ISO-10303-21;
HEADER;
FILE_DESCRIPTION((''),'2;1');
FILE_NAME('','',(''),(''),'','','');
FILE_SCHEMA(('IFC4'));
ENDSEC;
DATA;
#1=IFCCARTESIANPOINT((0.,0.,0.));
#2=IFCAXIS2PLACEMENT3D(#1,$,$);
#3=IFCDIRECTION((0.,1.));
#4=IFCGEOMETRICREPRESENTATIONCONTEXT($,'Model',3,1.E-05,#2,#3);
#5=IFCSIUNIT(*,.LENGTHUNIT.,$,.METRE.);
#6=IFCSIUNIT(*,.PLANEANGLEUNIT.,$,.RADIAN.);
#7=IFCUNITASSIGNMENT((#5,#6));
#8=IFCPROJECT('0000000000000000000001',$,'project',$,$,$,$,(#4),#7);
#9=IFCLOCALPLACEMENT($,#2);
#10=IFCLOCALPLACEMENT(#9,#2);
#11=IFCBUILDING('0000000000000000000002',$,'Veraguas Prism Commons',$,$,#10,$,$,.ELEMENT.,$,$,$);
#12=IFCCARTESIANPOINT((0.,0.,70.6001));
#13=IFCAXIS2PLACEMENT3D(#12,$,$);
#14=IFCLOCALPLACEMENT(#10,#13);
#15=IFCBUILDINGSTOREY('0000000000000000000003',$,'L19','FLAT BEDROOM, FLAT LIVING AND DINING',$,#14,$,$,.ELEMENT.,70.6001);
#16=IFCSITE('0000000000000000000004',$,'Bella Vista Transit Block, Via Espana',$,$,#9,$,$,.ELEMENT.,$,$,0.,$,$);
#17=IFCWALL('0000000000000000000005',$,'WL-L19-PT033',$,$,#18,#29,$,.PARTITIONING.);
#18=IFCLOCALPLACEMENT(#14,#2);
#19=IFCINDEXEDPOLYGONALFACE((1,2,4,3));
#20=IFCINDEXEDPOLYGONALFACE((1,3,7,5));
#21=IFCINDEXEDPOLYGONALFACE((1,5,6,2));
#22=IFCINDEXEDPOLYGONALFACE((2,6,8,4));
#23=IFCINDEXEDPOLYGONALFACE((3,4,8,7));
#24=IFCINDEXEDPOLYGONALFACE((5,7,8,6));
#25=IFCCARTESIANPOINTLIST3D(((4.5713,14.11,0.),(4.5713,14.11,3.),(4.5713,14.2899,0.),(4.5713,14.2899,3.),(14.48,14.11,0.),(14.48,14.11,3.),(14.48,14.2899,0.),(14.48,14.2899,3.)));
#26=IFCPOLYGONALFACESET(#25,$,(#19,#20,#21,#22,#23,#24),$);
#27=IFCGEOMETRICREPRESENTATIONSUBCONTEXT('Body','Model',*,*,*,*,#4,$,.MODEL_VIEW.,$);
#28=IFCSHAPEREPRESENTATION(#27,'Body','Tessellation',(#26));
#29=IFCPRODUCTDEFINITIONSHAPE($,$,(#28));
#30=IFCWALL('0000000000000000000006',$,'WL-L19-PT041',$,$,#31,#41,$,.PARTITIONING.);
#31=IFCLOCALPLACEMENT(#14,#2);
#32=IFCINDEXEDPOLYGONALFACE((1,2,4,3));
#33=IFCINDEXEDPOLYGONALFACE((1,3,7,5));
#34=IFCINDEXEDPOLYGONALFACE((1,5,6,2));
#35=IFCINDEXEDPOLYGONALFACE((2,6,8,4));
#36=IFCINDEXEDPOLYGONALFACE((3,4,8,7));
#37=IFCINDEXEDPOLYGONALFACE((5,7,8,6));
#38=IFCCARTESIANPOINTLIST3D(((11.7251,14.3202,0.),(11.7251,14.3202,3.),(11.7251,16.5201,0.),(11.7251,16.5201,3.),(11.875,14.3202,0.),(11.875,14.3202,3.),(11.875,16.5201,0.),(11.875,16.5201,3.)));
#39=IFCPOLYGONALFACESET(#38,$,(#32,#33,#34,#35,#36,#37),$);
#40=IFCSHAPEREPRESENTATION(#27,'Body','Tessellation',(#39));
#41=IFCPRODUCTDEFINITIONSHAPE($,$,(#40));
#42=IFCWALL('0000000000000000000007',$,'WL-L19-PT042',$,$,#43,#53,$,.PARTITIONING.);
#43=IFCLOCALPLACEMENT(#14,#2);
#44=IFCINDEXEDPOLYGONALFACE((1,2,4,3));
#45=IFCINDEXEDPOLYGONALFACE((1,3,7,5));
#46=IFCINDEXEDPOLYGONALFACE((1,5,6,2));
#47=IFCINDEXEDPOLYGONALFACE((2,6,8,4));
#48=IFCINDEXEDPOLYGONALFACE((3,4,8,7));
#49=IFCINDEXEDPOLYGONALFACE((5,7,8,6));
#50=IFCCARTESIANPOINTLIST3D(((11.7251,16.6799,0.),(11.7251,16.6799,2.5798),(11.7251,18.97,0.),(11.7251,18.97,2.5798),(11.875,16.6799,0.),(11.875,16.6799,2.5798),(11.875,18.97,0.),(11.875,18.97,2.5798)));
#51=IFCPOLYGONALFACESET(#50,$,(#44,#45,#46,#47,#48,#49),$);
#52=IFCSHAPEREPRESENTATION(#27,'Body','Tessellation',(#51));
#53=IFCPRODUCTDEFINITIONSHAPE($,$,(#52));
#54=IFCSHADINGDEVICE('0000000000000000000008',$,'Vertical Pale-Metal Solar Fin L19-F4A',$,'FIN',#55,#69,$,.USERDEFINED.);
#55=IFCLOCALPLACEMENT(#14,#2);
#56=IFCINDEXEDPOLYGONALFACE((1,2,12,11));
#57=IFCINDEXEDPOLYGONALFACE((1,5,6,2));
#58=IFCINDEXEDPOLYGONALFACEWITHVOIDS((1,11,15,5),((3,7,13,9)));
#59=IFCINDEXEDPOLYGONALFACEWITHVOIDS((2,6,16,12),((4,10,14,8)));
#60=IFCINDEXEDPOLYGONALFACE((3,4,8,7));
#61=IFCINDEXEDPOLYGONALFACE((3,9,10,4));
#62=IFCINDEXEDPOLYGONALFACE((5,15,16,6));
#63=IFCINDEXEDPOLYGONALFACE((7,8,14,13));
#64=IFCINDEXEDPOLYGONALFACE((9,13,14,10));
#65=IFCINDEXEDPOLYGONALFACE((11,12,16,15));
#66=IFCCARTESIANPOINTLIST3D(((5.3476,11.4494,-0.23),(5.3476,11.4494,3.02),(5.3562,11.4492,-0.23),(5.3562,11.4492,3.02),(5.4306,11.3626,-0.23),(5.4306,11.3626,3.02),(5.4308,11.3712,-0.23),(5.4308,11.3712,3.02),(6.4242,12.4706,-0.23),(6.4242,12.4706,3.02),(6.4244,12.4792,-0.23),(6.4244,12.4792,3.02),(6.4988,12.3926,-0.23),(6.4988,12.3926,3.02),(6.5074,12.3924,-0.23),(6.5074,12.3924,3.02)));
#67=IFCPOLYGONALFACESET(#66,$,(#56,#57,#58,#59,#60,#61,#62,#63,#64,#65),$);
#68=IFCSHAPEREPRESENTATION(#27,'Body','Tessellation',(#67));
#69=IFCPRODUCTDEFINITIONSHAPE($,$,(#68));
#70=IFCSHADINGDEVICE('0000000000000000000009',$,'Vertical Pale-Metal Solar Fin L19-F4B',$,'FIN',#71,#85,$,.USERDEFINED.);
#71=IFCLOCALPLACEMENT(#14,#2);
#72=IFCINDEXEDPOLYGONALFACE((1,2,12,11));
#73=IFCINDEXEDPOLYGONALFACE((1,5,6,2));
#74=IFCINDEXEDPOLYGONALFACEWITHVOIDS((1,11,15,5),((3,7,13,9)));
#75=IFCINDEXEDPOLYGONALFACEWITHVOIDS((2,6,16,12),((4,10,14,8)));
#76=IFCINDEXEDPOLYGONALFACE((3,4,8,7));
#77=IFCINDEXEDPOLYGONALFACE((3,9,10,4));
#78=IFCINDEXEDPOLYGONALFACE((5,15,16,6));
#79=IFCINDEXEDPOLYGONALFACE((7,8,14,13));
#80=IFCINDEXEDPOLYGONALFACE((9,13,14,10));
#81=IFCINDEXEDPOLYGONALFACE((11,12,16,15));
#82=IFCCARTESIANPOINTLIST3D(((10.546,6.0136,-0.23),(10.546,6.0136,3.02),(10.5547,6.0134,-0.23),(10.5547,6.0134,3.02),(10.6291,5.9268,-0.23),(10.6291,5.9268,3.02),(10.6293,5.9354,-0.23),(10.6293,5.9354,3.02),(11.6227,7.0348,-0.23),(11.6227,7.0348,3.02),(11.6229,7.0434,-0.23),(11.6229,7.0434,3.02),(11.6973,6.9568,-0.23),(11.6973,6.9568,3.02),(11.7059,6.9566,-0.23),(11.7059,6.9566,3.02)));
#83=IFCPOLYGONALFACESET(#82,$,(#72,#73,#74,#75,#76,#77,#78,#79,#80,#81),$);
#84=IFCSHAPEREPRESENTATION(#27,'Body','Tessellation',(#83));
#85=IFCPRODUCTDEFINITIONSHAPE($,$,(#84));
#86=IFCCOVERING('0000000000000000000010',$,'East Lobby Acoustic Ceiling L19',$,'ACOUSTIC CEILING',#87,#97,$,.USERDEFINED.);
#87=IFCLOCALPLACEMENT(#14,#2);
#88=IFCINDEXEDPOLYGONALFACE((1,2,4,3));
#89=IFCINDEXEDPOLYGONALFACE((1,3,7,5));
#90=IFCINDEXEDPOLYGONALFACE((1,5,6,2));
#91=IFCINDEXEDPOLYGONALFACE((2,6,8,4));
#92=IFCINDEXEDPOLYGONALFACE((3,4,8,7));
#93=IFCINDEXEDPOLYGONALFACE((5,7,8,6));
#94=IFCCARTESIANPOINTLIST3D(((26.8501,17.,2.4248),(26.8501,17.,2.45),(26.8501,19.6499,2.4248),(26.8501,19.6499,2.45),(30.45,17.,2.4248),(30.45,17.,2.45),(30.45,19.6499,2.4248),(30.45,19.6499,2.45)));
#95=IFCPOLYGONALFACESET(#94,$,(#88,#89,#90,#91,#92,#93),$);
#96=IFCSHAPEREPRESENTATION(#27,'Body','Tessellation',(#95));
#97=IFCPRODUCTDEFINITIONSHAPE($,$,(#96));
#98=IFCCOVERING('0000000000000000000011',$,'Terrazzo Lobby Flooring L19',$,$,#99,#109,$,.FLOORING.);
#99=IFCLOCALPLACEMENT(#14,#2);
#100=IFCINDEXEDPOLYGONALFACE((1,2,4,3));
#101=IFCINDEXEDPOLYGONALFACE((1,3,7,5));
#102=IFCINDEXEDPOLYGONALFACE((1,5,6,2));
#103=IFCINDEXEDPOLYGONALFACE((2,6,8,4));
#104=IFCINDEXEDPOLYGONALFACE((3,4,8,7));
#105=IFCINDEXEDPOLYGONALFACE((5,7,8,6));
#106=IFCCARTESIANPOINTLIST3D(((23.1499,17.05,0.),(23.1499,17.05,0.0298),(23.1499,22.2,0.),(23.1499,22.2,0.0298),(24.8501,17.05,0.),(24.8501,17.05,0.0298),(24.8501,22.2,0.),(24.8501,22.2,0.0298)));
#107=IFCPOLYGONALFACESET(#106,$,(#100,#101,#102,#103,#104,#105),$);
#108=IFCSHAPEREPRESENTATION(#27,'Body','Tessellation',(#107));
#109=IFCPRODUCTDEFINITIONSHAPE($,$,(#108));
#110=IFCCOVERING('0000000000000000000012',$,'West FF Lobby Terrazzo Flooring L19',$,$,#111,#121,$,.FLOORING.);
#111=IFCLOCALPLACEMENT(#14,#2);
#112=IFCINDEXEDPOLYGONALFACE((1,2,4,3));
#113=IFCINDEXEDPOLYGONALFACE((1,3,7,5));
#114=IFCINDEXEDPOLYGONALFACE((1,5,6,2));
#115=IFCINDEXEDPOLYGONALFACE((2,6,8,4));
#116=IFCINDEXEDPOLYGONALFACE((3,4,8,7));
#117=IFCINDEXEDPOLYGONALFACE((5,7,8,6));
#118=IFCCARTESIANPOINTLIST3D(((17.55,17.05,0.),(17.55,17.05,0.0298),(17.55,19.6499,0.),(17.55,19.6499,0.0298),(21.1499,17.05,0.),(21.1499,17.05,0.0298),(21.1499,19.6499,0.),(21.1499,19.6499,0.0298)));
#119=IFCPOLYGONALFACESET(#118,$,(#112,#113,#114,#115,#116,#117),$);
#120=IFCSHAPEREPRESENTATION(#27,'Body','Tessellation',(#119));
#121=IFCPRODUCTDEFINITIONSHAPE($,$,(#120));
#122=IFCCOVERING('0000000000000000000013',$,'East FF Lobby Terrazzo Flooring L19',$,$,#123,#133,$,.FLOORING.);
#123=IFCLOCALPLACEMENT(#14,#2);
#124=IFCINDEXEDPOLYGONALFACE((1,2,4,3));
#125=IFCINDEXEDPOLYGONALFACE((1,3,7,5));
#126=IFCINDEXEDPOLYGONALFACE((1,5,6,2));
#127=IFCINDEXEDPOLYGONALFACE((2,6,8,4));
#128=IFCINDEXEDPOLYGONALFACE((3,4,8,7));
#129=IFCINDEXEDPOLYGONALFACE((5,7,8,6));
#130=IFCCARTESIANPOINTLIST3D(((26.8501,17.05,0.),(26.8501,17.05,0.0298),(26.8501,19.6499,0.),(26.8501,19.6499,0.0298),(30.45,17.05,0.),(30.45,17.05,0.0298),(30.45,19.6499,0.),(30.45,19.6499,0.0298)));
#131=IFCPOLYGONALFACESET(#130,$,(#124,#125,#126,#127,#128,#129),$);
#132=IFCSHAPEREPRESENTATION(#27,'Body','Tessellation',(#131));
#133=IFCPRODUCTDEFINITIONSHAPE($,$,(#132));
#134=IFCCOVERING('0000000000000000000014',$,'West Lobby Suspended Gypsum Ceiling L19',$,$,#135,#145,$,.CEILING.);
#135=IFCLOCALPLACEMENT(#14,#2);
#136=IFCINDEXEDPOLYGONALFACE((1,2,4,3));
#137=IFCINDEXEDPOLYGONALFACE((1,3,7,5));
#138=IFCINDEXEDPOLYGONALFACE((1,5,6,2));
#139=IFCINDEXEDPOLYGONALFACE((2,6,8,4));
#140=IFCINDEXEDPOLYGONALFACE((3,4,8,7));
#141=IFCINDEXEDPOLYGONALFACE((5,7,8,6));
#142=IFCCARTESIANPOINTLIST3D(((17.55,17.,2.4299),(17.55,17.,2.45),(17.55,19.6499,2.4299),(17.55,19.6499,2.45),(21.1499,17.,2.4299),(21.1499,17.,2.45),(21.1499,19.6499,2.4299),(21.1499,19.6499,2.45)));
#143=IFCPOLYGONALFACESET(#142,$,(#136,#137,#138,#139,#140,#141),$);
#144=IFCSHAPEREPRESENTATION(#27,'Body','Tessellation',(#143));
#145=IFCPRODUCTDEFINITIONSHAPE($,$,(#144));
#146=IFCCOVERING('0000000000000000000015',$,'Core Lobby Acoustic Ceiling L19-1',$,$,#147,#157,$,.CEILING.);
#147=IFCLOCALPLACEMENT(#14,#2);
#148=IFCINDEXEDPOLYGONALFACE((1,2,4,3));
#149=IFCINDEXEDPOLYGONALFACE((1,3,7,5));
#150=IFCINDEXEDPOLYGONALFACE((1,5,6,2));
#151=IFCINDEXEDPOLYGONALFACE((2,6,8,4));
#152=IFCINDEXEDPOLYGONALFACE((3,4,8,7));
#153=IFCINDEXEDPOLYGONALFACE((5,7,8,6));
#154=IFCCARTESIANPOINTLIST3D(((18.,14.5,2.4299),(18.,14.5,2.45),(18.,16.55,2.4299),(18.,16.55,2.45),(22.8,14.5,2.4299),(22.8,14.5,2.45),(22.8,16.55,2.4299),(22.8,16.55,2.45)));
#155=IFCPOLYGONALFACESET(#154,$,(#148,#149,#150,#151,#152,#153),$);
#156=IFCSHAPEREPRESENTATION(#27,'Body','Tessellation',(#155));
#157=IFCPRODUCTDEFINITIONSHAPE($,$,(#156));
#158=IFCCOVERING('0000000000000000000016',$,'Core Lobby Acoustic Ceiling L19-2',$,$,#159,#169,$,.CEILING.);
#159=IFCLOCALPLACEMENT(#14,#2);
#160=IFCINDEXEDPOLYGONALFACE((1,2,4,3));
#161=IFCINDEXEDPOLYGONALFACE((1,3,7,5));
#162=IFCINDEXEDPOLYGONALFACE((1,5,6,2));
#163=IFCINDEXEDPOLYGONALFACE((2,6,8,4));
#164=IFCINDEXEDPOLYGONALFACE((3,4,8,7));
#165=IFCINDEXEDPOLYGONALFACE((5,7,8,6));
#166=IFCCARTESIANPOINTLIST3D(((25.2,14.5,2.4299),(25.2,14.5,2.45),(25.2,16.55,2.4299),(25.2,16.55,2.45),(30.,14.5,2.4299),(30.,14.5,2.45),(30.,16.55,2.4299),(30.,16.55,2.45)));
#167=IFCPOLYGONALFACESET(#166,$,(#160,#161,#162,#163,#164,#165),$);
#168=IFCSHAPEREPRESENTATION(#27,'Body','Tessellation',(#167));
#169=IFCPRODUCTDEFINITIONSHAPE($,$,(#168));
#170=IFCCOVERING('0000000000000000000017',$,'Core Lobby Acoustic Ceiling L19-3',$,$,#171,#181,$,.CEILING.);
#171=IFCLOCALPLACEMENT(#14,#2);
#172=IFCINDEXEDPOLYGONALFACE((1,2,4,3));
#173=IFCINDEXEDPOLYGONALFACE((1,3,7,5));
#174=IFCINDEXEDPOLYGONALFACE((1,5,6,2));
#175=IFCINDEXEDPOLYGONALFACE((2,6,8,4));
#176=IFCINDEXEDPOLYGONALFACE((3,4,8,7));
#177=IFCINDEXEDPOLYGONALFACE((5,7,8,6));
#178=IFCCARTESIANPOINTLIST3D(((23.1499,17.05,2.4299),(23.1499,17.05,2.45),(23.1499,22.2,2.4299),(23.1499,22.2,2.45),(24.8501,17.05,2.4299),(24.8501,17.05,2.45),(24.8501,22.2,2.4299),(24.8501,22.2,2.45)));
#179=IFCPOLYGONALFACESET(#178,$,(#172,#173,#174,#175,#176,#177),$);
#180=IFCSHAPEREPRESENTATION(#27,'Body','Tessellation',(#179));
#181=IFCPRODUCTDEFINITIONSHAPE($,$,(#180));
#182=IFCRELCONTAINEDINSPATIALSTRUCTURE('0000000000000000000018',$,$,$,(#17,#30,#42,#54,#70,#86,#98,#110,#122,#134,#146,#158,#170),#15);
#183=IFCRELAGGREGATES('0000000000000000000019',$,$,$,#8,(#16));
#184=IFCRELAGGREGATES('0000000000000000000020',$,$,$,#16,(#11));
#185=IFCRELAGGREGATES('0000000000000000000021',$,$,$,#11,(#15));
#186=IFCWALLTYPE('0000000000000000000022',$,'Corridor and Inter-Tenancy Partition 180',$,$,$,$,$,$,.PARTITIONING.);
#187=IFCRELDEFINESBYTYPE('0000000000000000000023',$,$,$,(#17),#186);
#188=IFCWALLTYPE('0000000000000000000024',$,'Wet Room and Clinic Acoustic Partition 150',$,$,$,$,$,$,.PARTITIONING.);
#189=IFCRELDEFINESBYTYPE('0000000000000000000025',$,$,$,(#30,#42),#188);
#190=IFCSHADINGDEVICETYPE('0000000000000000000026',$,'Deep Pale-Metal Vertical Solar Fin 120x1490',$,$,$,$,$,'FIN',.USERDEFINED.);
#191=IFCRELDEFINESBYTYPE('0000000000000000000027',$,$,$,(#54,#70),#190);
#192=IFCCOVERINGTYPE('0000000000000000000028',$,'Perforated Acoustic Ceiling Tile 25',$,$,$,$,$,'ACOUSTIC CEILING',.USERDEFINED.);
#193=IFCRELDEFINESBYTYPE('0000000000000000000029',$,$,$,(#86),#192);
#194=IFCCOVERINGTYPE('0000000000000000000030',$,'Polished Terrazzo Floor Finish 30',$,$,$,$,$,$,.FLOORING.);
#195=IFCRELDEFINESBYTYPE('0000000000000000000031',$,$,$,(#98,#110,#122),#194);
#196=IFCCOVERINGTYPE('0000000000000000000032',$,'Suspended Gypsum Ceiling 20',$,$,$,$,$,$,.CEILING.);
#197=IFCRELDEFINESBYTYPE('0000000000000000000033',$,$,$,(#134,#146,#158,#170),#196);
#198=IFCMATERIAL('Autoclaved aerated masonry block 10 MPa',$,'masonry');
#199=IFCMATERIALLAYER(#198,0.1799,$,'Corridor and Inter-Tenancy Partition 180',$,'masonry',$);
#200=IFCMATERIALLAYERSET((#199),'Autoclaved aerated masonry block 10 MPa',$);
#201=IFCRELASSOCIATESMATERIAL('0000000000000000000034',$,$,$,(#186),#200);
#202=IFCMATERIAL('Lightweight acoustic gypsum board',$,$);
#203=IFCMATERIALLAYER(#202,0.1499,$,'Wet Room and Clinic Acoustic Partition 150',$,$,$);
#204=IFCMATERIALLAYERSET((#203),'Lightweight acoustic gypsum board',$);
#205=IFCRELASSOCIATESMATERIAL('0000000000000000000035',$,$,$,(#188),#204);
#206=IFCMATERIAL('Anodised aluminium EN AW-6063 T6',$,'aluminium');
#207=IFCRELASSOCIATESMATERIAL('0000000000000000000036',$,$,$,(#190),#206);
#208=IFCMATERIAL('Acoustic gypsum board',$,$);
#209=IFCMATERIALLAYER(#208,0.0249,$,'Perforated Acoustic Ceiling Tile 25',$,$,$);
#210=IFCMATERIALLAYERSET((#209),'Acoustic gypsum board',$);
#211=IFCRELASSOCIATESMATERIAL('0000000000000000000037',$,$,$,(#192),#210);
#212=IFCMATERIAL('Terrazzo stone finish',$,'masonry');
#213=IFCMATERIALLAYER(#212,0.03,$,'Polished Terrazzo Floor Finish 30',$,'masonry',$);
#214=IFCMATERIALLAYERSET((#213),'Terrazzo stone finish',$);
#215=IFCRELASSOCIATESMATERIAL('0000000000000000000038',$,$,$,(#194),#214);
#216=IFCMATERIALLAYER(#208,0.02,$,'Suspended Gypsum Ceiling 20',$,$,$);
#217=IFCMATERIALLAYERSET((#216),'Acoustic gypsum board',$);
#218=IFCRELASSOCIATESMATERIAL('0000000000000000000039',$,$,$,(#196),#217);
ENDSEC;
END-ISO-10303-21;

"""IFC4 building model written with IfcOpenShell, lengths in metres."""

from ifc_helpers import new_model, si_unit, direction, frame, frame_2d, origin, origin_2d, place, context, subcontext, project, spatial, polyline, rectangle, hollow_rectangle, outline, extrude, material, layer, layer_set, material_profile, profile_set, type_object, element, save


model = new_model("IFC4")

# Units and contexts
model_context = context("Model", 3, precision=1e-05, world=origin(), true_north=direction((0.0, 1.0)))
body_context = subcontext(model_context, "Body", "Model", "MODEL_VIEW")
ifc_project = project(units=[si_unit("LENGTHUNIT", "METRE"), si_unit("PLANEANGLEUNIT", "RADIAN")], contexts=[model_context])

# Site, building, storey
site_placement = place(None, origin())
site = spatial("IfcSite", under=ifc_project, at=site_placement, Name="Bella Vista Transit Block, Via Espana", CompositionType="ELEMENT", RefElevation=0.0)
building_placement = place(site_placement, origin())
building = spatial("IfcBuilding", under=site, at=building_placement, Name="Veraguas Prism Commons", CompositionType="ELEMENT")
storey_placement = place(building_placement, frame((0.0, 0.0, 70.6001)))
storey = spatial("IfcBuildingStorey", under=building, at=storey_placement, Name="L19", Description="FLAT BEDROOM, FLAT LIVING AND DINING", CompositionType="ELEMENT", Elevation=70.6001)

# Shared definitions
ifc_material_1 = material(Name="Anodised aluminium EN AW-6063 T6", Category="aluminium")

# Walls
ifc_material_2 = material(Name="Autoclaved aerated masonry block 10 MPa", Category="masonry")
ifc_layer_1 = layer(ifc_material_2, 0.1799, Name="Corridor and Inter-Tenancy Partition 180", Category="masonry")
ifc_layer_set_1 = layer_set([ifc_layer_1], Name="Autoclaved aerated masonry block 10 MPa")
wall_type_1 = type_object("IfcWallType", Name="Corridor and Inter-Tenancy Partition 180", PredefinedType="PARTITIONING", material=ifc_layer_set_1)
wall_1_placement = place(storey_placement, frame((14.48, 14.2, 0.0), z_axis=(0.0, 0.0, 1.0), x_axis=(-1.0, 0.0, 0.0)))
element("IfcWall", 1, at=wall_1_placement, inside=storey, type_object=wall_type_1, Name="WL-L19-PT033", PredefinedType="PARTITIONING", context=body_context, shape_type="SweptSolid", body=[
    extrude(rectangle(XDim=9.9087, YDim=0.1799, at=frame_2d((4.9543, 0.0))), origin(), (0.0, 0.0, 1.0), 3.0),
])
ifc_material_3 = material(Name="Lightweight acoustic gypsum board")
ifc_layer_2 = layer(ifc_material_3, 0.1499, Name="Wet Room and Clinic Acoustic Partition 150")
ifc_layer_set_2 = layer_set([ifc_layer_2], Name="Lightweight acoustic gypsum board")
wall_type_2 = type_object("IfcWallType", Name="Wet Room and Clinic Acoustic Partition 150", PredefinedType="PARTITIONING", material=ifc_layer_set_2)
wall_2_placement = place(storey_placement, frame((11.8, 14.3201, 0.0), z_axis=(0.0, 0.0, 1.0), x_axis=(0.0, 1.0, 0.0)))
element("IfcWall", 2, at=wall_2_placement, inside=storey, type_object=wall_type_2, Name="WL-L19-PT041", PredefinedType="PARTITIONING", context=body_context, shape_type="SweptSolid", body=[
    extrude(rectangle(XDim=2.2, YDim=0.1499, at=frame_2d((1.1001, 0.0))), origin(), (0.0, 0.0, 1.0), 3.0),
])
wall_3_placement = place(storey_placement, frame((11.8, 16.6799, 0.0), z_axis=(0.0, 0.0, 1.0), x_axis=(0.0, 1.0, 0.0)))
element("IfcWall", 3, at=wall_3_placement, inside=storey, type_object=wall_type_2, Name="WL-L19-PT042", PredefinedType="PARTITIONING", context=body_context, shape_type="SweptSolid", body=[
    extrude(rectangle(XDim=2.29, YDim=0.1499, at=frame_2d((1.145, 0.0))), origin(), (0.0, 0.0, 1.0), 2.5798),
])

# Shading devices
ifc_material_profile_1 = material_profile(ifc_material_1, hollow_rectangle(XDim=0.1201, YDim=1.49, WallThickness=0.0061, at=origin_2d()), Name="FIN120X1490X6")
ifc_profile_set_1 = profile_set([ifc_material_profile_1], Name="Anodised aluminium EN AW-6063 T6")
shading_device_type = type_object("IfcShadingDeviceType", Name="Deep Pale-Metal Vertical Solar Fin 120x1490", ElementType="FIN", PredefinedType="USERDEFINED", material=ifc_profile_set_1)
for number, where, z_axis, x_axis, name in (
    (4, (5.9275, 11.9209, -0.23), (0.0, 0.0, 1.0), (0.691136, -0.722725, 0.0), "Vertical Pale-Metal Solar Fin L19-F4A"),
    (5, (11.126, 6.4851, -0.23), (0.0, 0.0, 1.0), (0.691136, -0.722725, 0.0), "Vertical Pale-Metal Solar Fin L19-F4B"),
):
    element("IfcShadingDevice", number, at=place(storey_placement, frame(where, z_axis=z_axis, x_axis=x_axis)), inside=storey, type_object=shading_device_type, Name=name, ObjectType="FIN", PredefinedType="USERDEFINED", context=body_context, shape_type="SweptSolid", body=[
        extrude(hollow_rectangle(XDim=0.1201, YDim=1.49, WallThickness=0.0061, at=origin_2d()), origin(), (0.0, 0.0, 1.0), 3.25),
    ])

# Coverings
ifc_material_4 = material(Name="Acoustic gypsum board")
ifc_layer_3 = layer(ifc_material_4, 0.0249, Name="Perforated Acoustic Ceiling Tile 25")
ifc_layer_set_3 = layer_set([ifc_layer_3], Name="Acoustic gypsum board")
covering_type_1 = type_object("IfcCoveringType", Name="Perforated Acoustic Ceiling Tile 25", ElementType="ACOUSTIC CEILING", PredefinedType="USERDEFINED", material=ifc_layer_set_3)
covering_1_placement = place(storey_placement, frame((0.0, 0.0, 2.4248)))
element("IfcCovering", 6, at=covering_1_placement, inside=storey, type_object=covering_type_1, Name="East Lobby Acoustic Ceiling L19", ObjectType="ACOUSTIC CEILING", PredefinedType="USERDEFINED", context=body_context, shape_type="SweptSolid", body=[
    extrude(outline(polyline([(26.8501, 17.0), (30.45, 17.0), (30.45, 19.6499), (26.8501, 19.6499), (26.8501, 17.0)])), origin(), (0.0, 0.0, 1.0), 0.0251),
])
ifc_material_5 = material(Name="Terrazzo stone finish", Category="masonry")
ifc_layer_4 = layer(ifc_material_5, 0.03, Name="Polished Terrazzo Floor Finish 30", Category="masonry")
ifc_layer_set_4 = layer_set([ifc_layer_4], Name="Terrazzo stone finish")
covering_type_2 = type_object("IfcCoveringType", Name="Polished Terrazzo Floor Finish 30", PredefinedType="FLOORING", material=ifc_layer_set_4)
covering_2_placement = place(storey_placement, origin())
element("IfcCovering", 7, at=covering_2_placement, inside=storey, type_object=covering_type_2, Name="Terrazzo Lobby Flooring L19", PredefinedType="FLOORING", context=body_context, shape_type="SweptSolid", body=[
    extrude(outline(polyline([(23.1499, 17.05), (24.8501, 17.05), (24.8501, 22.2), (23.1499, 22.2), (23.1499, 17.05)])), origin(), (0.0, 0.0, 1.0), 0.0298),
])
covering_3_placement = place(storey_placement, origin())
element("IfcCovering", 8, at=covering_3_placement, inside=storey, type_object=covering_type_2, Name="West FF Lobby Terrazzo Flooring L19", PredefinedType="FLOORING", context=body_context, shape_type="SweptSolid", body=[
    extrude(outline(polyline([(17.55, 17.05), (21.1499, 17.05), (21.1499, 19.6499), (17.55, 19.6499), (17.55, 17.05)])), origin(), (0.0, 0.0, 1.0), 0.0298),
])
covering_4_placement = place(storey_placement, origin())
element("IfcCovering", 9, at=covering_4_placement, inside=storey, type_object=covering_type_2, Name="East FF Lobby Terrazzo Flooring L19", PredefinedType="FLOORING", context=body_context, shape_type="SweptSolid", body=[
    extrude(outline(polyline([(26.8501, 17.05), (30.45, 17.05), (30.45, 19.6499), (26.8501, 19.6499), (26.8501, 17.05)])), origin(), (0.0, 0.0, 1.0), 0.0298),
])
ifc_layer_5 = layer(ifc_material_4, 0.02, Name="Suspended Gypsum Ceiling 20")
ifc_layer_set_5 = layer_set([ifc_layer_5], Name="Acoustic gypsum board")
covering_type_3 = type_object("IfcCoveringType", Name="Suspended Gypsum Ceiling 20", PredefinedType="CEILING", material=ifc_layer_set_5)
covering_5_placement = place(storey_placement, frame((0.0, 0.0, 2.4299)))
element("IfcCovering", 10, at=covering_5_placement, inside=storey, type_object=covering_type_3, Name="West Lobby Suspended Gypsum Ceiling L19", PredefinedType="CEILING", context=body_context, shape_type="SweptSolid", body=[
    extrude(outline(polyline([(17.55, 17.0), (21.1499, 17.0), (21.1499, 19.6499), (17.55, 19.6499), (17.55, 17.0)])), origin(), (0.0, 0.0, 1.0), 0.02),
])
covering_6_placement = place(storey_placement, frame((0.0, 0.0, 2.4299)))
element("IfcCovering", 11, at=covering_6_placement, inside=storey, type_object=covering_type_3, Name="Core Lobby Acoustic Ceiling L19-1", PredefinedType="CEILING", context=body_context, shape_type="SweptSolid", body=[
    extrude(outline(polyline([(18.0, 14.5), (22.8, 14.5), (22.8, 16.55), (18.0, 16.55), (18.0, 14.5)])), origin(), (0.0, 0.0, 1.0), 0.02),
])
covering_7_placement = place(storey_placement, frame((0.0, 0.0, 2.4299)))
element("IfcCovering", 12, at=covering_7_placement, inside=storey, type_object=covering_type_3, Name="Core Lobby Acoustic Ceiling L19-2", PredefinedType="CEILING", context=body_context, shape_type="SweptSolid", body=[
    extrude(outline(polyline([(25.2, 14.5), (30.0, 14.5), (30.0, 16.55), (25.2, 16.55), (25.2, 14.5)])), origin(), (0.0, 0.0, 1.0), 0.02),
])
covering_8_placement = place(storey_placement, frame((0.0, 0.0, 2.4299)))
element("IfcCovering", 13, at=covering_8_placement, inside=storey, type_object=covering_type_3, Name="Core Lobby Acoustic Ceiling L19-3", PredefinedType="CEILING", context=body_context, shape_type="SweptSolid", body=[
    extrude(outline(polyline([(23.1499, 17.05), (24.8501, 17.05), (24.8501, 22.2), (23.1499, 22.2), (23.1499, 17.05)])), origin(), (0.0, 0.0, 1.0), 0.02),
])

save(model, "model.ifc")
